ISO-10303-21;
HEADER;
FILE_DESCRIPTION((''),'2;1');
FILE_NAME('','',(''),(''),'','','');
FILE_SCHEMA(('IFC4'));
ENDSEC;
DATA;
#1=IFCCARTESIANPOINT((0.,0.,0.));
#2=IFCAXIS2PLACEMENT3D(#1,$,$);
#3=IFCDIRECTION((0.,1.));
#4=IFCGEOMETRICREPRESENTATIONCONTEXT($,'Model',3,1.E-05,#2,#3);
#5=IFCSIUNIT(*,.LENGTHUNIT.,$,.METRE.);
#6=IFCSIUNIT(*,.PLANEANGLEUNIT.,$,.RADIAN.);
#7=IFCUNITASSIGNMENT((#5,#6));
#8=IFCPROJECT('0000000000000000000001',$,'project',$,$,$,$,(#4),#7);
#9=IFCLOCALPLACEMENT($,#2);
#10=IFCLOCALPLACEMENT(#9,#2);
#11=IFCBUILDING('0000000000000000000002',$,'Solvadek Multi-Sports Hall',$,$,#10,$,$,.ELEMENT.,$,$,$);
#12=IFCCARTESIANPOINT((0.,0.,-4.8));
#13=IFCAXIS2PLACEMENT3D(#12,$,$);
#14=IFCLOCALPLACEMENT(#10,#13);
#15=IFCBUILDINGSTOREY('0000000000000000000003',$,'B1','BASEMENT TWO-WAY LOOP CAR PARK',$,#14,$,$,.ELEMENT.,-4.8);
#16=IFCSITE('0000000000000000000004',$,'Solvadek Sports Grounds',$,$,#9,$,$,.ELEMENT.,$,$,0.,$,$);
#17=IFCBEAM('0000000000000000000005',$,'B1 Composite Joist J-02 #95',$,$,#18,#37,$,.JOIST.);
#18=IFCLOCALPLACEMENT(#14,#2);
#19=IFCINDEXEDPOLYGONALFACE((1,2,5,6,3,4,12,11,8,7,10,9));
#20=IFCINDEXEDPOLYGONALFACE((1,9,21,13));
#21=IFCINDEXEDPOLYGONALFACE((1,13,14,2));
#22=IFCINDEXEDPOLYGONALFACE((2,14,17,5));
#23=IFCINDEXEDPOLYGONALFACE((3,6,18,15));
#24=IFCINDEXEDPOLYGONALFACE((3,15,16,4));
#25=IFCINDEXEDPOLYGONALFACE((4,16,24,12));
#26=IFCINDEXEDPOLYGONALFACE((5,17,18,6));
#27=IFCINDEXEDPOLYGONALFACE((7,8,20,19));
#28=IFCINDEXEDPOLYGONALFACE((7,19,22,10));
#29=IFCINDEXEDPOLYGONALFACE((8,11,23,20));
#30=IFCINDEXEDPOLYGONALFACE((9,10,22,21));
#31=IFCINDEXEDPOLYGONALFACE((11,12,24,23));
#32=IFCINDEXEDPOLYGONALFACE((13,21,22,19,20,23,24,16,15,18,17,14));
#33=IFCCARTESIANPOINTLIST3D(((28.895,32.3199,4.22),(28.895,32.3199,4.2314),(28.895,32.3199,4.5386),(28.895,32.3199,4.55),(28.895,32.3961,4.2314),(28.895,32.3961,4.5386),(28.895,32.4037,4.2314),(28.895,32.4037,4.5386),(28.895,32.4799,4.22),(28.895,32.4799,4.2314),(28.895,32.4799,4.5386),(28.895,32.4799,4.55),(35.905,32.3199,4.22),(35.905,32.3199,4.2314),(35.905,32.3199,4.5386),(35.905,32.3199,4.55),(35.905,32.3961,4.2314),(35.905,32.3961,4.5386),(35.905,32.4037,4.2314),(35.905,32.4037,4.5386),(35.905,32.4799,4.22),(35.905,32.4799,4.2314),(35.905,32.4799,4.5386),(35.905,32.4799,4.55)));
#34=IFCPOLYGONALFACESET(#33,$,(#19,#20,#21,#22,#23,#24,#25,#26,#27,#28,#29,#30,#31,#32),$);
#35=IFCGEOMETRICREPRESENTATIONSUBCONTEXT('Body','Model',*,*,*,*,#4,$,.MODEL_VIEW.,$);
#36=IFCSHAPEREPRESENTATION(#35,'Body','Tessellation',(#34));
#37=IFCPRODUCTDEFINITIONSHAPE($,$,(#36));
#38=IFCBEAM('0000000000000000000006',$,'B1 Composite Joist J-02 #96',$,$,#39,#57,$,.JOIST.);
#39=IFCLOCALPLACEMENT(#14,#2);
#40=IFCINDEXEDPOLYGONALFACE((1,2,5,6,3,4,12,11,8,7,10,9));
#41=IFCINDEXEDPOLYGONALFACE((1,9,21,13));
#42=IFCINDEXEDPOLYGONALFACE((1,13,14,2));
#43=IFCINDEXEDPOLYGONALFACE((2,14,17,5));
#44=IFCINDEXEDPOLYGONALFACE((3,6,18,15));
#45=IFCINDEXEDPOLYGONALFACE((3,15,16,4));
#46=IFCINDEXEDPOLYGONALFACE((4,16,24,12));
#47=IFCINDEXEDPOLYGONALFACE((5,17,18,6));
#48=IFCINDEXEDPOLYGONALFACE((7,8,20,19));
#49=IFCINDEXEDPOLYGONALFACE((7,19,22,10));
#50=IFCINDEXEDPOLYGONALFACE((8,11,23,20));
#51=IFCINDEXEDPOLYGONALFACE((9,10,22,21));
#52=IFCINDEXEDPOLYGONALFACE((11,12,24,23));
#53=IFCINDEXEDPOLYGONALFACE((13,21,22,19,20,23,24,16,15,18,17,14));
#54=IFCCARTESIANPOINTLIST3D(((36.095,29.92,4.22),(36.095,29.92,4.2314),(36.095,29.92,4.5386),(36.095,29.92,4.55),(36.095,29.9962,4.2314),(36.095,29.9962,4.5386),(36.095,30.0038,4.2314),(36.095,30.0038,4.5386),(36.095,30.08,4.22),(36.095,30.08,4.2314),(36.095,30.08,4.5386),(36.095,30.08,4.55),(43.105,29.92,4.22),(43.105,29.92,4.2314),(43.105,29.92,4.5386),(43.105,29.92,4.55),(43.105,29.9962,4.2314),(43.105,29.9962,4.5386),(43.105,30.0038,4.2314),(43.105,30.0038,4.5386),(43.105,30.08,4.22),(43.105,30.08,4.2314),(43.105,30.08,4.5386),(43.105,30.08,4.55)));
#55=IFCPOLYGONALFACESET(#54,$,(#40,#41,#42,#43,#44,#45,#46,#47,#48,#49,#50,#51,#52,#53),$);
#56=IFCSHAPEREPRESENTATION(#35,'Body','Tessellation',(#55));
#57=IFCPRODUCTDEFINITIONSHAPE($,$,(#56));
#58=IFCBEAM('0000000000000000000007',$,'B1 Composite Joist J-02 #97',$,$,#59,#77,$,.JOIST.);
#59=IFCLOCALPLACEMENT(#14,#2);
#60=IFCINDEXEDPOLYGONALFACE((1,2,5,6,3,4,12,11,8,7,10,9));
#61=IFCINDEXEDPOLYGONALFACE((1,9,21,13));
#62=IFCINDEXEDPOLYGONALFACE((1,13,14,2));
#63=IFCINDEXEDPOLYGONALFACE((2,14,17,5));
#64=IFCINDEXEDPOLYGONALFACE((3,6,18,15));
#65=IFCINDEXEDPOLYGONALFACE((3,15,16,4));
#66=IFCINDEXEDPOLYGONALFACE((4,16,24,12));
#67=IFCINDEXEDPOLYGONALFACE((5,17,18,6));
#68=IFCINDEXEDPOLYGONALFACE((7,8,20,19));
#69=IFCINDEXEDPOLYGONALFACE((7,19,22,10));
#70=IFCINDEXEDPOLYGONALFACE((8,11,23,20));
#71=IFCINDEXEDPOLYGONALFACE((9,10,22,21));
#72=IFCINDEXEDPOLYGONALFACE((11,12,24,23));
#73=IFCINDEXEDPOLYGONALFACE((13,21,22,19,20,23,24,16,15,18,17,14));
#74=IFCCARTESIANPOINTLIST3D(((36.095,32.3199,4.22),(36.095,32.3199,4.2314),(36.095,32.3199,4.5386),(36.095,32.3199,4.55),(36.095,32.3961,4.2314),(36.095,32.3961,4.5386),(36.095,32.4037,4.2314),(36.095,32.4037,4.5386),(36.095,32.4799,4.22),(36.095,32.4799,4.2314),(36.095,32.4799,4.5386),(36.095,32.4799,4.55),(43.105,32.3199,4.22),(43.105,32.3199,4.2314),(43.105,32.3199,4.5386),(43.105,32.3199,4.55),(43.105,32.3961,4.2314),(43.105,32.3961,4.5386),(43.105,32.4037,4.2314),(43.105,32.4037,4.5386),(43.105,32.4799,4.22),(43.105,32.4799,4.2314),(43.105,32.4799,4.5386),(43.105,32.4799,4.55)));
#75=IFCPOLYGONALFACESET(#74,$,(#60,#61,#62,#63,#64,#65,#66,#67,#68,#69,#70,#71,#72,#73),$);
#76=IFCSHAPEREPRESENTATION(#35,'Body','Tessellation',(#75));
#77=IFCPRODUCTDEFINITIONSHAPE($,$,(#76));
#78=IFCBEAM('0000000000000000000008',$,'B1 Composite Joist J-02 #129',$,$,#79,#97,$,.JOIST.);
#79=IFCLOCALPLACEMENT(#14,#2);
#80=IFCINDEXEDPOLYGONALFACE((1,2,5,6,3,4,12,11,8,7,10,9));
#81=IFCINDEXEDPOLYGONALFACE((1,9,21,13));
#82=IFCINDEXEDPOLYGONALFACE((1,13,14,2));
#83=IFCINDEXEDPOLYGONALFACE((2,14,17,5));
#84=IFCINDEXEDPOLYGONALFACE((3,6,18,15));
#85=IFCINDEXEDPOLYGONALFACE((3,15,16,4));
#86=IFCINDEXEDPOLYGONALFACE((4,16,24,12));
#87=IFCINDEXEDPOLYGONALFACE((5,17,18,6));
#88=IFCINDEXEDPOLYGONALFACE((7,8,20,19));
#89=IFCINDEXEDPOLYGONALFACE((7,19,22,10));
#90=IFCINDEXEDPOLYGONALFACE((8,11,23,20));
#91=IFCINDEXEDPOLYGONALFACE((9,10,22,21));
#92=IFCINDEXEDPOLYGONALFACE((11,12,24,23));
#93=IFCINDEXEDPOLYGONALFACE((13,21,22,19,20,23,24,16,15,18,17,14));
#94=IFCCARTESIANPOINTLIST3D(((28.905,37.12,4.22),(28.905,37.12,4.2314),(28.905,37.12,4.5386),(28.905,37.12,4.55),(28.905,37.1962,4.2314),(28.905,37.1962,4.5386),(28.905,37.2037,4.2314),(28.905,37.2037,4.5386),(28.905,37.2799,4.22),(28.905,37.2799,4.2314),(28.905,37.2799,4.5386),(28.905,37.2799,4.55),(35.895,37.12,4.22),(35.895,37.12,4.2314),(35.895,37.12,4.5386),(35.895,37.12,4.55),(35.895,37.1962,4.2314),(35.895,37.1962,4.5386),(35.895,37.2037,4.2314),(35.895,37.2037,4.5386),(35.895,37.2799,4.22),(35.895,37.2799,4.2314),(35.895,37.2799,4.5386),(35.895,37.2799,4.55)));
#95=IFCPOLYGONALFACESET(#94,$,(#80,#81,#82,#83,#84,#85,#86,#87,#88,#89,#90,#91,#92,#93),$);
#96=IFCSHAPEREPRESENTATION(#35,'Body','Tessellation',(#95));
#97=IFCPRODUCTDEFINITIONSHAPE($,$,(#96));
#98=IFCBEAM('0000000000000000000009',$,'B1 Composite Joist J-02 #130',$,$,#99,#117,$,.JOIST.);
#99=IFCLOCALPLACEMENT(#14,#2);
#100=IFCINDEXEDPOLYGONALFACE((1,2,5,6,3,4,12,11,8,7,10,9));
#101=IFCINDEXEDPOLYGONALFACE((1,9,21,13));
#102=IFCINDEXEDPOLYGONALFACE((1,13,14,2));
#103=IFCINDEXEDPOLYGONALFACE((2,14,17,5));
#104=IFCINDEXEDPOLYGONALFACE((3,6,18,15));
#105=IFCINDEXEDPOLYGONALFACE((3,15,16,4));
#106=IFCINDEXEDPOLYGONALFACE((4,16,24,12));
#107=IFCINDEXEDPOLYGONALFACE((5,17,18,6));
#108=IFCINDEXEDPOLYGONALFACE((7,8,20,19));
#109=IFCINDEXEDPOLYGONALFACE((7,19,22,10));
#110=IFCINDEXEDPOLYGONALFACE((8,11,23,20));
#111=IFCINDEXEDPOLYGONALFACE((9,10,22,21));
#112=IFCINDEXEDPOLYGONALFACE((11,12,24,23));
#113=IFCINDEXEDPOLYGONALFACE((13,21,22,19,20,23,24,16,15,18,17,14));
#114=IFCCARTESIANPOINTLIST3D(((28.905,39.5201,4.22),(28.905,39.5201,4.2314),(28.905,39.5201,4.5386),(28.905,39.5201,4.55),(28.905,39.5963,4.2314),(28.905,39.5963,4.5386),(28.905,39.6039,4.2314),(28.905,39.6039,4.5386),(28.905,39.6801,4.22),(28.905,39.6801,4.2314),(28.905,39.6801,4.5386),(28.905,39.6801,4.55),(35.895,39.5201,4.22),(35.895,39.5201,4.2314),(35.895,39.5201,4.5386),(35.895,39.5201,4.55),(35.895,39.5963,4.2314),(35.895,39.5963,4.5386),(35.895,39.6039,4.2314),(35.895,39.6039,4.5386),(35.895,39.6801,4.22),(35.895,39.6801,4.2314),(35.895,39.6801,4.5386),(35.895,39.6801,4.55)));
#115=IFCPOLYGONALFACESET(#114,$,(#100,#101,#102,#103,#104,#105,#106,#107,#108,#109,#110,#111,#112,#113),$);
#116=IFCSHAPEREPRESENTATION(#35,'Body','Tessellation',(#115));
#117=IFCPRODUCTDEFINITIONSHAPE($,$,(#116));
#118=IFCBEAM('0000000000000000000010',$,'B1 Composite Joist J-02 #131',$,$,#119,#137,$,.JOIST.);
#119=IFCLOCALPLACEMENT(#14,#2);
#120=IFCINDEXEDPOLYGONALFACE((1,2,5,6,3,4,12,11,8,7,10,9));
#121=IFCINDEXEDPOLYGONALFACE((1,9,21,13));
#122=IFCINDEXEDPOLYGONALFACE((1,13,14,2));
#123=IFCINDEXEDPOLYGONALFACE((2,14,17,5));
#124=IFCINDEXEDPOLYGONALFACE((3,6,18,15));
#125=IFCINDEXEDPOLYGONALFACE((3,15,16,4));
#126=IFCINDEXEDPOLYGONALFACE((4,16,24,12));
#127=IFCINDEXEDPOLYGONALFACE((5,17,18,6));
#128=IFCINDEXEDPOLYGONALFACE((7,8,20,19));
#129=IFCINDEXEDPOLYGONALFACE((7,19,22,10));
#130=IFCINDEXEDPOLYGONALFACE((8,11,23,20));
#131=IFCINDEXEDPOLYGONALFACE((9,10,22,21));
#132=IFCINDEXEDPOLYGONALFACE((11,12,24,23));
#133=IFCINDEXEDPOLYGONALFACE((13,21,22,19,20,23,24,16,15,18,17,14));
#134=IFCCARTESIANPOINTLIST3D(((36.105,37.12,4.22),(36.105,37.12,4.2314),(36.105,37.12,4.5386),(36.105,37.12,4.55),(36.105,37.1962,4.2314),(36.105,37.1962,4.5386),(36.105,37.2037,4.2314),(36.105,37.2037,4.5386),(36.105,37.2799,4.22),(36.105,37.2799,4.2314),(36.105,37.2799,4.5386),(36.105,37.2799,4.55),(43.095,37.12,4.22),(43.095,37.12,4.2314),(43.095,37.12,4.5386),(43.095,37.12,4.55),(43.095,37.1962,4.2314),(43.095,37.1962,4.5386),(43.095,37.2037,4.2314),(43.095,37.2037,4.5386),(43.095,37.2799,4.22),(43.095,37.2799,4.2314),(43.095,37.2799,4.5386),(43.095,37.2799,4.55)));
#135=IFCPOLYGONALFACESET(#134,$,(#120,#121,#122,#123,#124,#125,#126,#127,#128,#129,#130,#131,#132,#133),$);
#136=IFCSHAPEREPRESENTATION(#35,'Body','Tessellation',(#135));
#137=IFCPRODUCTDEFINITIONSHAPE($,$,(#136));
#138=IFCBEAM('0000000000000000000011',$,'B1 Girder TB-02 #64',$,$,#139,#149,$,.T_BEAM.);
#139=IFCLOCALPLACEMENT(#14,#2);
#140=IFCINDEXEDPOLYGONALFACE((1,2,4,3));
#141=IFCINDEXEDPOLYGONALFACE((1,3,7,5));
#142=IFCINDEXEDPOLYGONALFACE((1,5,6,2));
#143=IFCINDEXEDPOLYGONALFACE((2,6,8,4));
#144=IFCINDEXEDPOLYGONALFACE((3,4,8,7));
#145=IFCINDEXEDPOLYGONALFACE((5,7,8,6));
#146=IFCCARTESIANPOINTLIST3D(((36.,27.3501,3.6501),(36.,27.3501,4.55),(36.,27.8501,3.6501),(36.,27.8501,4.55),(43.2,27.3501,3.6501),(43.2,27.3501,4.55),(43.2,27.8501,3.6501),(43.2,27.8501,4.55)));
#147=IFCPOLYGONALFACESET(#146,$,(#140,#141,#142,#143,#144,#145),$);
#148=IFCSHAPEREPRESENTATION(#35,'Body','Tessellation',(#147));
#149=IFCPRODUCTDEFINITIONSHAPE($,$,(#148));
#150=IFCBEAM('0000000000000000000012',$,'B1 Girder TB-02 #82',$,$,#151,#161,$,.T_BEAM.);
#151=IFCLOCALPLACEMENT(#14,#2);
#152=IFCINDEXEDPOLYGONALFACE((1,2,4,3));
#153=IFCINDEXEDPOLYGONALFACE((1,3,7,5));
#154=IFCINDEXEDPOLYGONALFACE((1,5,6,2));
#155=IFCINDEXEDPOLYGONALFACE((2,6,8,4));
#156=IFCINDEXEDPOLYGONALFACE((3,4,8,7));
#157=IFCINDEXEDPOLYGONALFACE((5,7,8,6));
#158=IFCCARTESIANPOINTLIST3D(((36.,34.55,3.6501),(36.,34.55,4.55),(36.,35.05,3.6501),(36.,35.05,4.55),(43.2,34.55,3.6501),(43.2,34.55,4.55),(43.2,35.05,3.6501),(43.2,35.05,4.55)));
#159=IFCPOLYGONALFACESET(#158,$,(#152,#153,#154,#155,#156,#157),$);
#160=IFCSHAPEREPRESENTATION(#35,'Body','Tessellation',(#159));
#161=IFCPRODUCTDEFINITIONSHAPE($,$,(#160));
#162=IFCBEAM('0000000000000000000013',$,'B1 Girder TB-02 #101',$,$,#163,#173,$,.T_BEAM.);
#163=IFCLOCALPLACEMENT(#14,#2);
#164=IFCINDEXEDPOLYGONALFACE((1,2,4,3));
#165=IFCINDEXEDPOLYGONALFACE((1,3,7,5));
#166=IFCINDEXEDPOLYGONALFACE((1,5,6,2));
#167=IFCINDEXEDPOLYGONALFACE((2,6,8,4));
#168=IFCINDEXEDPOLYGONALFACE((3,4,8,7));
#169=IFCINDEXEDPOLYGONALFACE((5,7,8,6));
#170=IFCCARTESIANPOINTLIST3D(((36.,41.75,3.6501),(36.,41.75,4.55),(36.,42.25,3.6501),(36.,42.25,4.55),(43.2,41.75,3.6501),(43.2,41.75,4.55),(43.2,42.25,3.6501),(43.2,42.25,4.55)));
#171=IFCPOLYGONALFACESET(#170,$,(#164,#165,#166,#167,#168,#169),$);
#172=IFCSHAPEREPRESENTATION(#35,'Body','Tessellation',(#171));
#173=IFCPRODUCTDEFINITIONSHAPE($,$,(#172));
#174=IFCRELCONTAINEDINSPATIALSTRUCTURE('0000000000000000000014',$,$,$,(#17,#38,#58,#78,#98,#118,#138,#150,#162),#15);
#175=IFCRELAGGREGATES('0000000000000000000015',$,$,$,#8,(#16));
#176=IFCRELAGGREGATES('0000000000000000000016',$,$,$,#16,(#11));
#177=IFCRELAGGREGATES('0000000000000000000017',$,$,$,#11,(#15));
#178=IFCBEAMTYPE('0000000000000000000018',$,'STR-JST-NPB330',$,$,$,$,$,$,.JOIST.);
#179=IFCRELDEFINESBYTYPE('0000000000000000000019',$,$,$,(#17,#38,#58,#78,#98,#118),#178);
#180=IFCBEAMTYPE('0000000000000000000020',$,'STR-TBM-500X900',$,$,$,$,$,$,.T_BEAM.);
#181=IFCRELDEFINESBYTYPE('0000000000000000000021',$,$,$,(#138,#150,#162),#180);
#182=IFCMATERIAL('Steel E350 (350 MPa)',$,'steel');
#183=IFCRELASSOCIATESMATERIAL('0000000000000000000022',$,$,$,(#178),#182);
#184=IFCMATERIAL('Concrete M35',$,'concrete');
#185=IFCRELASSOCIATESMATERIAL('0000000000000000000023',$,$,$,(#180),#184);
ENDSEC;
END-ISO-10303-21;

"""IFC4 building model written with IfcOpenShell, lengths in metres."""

from ifc_helpers import new_model, si_unit, direction, frame, origin, origin_2d, place, context, subcontext, project, spatial, rectangle, i_section, extrude, material, material_profile, profile_set, type_object, element, save


model = new_model("IFC4")

# Units and contexts
model_context = context("Model", 3, precision=1e-05, world=origin(), true_north=direction((0.0, 1.0)))
body_context = subcontext(model_context, "Body", "Model", "MODEL_VIEW")
ifc_project = project(units=[si_unit("LENGTHUNIT", "METRE"), si_unit("PLANEANGLEUNIT", "RADIAN")], contexts=[model_context])

# Site, building, storey
site_placement = place(None, origin())
site = spatial("IfcSite", under=ifc_project, at=site_placement, Name="Solvadek Sports Grounds", CompositionType="ELEMENT", RefElevation=0.0)
building_placement = place(site_placement, origin())
building = spatial("IfcBuilding", under=site, at=building_placement, Name="Solvadek Multi-Sports Hall", CompositionType="ELEMENT")
storey_placement = place(building_placement, frame((0.0, 0.0, -4.8)))
storey = spatial("IfcBuildingStorey", under=building, at=storey_placement, Name="B1", Description="BASEMENT TWO-WAY LOOP CAR PARK", CompositionType="ELEMENT", Elevation=-4.8)

# Shared definitions
ifc_material_1 = material(Name="Concrete M35", Category="concrete")

# Beams
ifc_material_2 = material(Name="Steel E350 (350 MPa)", Category="steel")
ifc_material_profile_1 = material_profile(ifc_material_2, i_section(OverallWidth=0.1599, OverallDepth=0.3301, WebThickness=0.0076, FlangeThickness=0.0115, at=origin_2d()), Name="NPB 330")
ifc_profile_set_1 = profile_set([ifc_material_profile_1], Name="Steel E350 (350 MPa)")
beam_type_1 = type_object("IfcBeamType", Name="STR-JST-NPB330", PredefinedType="JOIST", material=ifc_profile_set_1)
for number, where, z_axis, x_axis, name in (
    (1, (28.895, 32.3999, 4.385), (1.0, 0.0, 0.0), (0.0, 1.0, 0.0), "B1 Composite Joist J-02 #95"),
    (2, (36.095, 30.0, 4.385), (1.0, 0.0, 0.0), (0.0, 1.0, 0.0), "B1 Composite Joist J-02 #96"),
    (3, (36.095, 32.3999, 4.385), (1.0, 0.0, 0.0), (0.0, 1.0, 0.0), "B1 Composite Joist J-02 #97"),
):
    element("IfcBeam", number, at=place(storey_placement, frame(where, z_axis=z_axis, x_axis=x_axis)), inside=storey, type_object=beam_type_1, Name=name, PredefinedType="JOIST", context=body_context, shape_type="SweptSolid", body=[
        extrude(i_section(OverallWidth=0.1599, OverallDepth=0.3301, WebThickness=0.0076, FlangeThickness=0.0115, at=origin_2d()), origin(), (0.0, 0.0, 1.0), 7.01),
    ])
for number, where, z_axis, x_axis, name in (
    (4, (28.905, 37.2, 4.385), (1.0, 0.0, 0.0), (0.0, 1.0, 0.0), "B1 Composite Joist J-02 #129"),
    (5, (28.905, 39.6001, 4.385), (1.0, 0.0, 0.0), (0.0, 1.0, 0.0), "B1 Composite Joist J-02 #130"),
    (6, (36.105, 37.2, 4.385), (1.0, 0.0, 0.0), (0.0, 1.0, 0.0), "B1 Composite Joist J-02 #131"),
):
    element("IfcBeam", number, at=place(storey_placement, frame(where, z_axis=z_axis, x_axis=x_axis)), inside=storey, type_object=beam_type_1, Name=name, PredefinedType="JOIST", context=body_context, shape_type="SweptSolid", body=[
        extrude(i_section(OverallWidth=0.1599, OverallDepth=0.3301, WebThickness=0.0076, FlangeThickness=0.0115, at=origin_2d()), origin(), (0.0, 0.0, 1.0), 6.99),
    ])
ifc_material_profile_2 = material_profile(ifc_material_1, rectangle(XDim=0.5, YDim=0.8999, at=origin_2d()), Name="RC T-BEAM 500x900")
ifc_profile_set_2 = profile_set([ifc_material_profile_2], Name="Concrete M35")
beam_type_2 = type_object("IfcBeamType", Name="STR-TBM-500X900", PredefinedType="T_BEAM", material=ifc_profile_set_2)
for number, where, z_axis, x_axis, name in (
    (7, (36.0, 27.6001, 4.1001), (1.0, 0.0, 0.0), (0.0, 1.0, 0.0), "B1 Girder TB-02 #64"),
    (8, (36.0, 34.8, 4.1001), (1.0, 0.0, 0.0), (0.0, 1.0, 0.0), "B1 Girder TB-02 #82"),
    (9, (36.0, 42.0, 4.1001), (1.0, 0.0, 0.0), (0.0, 1.0, 0.0), "B1 Girder TB-02 #101"),
):
    element("IfcBeam", number, at=place(storey_placement, frame(where, z_axis=z_axis, x_axis=x_axis)), inside=storey, type_object=beam_type_2, Name=name, PredefinedType="T_BEAM", context=body_context, shape_type="SweptSolid", body=[
        extrude(rectangle(XDim=0.5, YDim=0.8999, at=origin_2d()), origin(), (0.0, 0.0, 1.0), 7.2),
    ])

save(model, "model.ifc")
